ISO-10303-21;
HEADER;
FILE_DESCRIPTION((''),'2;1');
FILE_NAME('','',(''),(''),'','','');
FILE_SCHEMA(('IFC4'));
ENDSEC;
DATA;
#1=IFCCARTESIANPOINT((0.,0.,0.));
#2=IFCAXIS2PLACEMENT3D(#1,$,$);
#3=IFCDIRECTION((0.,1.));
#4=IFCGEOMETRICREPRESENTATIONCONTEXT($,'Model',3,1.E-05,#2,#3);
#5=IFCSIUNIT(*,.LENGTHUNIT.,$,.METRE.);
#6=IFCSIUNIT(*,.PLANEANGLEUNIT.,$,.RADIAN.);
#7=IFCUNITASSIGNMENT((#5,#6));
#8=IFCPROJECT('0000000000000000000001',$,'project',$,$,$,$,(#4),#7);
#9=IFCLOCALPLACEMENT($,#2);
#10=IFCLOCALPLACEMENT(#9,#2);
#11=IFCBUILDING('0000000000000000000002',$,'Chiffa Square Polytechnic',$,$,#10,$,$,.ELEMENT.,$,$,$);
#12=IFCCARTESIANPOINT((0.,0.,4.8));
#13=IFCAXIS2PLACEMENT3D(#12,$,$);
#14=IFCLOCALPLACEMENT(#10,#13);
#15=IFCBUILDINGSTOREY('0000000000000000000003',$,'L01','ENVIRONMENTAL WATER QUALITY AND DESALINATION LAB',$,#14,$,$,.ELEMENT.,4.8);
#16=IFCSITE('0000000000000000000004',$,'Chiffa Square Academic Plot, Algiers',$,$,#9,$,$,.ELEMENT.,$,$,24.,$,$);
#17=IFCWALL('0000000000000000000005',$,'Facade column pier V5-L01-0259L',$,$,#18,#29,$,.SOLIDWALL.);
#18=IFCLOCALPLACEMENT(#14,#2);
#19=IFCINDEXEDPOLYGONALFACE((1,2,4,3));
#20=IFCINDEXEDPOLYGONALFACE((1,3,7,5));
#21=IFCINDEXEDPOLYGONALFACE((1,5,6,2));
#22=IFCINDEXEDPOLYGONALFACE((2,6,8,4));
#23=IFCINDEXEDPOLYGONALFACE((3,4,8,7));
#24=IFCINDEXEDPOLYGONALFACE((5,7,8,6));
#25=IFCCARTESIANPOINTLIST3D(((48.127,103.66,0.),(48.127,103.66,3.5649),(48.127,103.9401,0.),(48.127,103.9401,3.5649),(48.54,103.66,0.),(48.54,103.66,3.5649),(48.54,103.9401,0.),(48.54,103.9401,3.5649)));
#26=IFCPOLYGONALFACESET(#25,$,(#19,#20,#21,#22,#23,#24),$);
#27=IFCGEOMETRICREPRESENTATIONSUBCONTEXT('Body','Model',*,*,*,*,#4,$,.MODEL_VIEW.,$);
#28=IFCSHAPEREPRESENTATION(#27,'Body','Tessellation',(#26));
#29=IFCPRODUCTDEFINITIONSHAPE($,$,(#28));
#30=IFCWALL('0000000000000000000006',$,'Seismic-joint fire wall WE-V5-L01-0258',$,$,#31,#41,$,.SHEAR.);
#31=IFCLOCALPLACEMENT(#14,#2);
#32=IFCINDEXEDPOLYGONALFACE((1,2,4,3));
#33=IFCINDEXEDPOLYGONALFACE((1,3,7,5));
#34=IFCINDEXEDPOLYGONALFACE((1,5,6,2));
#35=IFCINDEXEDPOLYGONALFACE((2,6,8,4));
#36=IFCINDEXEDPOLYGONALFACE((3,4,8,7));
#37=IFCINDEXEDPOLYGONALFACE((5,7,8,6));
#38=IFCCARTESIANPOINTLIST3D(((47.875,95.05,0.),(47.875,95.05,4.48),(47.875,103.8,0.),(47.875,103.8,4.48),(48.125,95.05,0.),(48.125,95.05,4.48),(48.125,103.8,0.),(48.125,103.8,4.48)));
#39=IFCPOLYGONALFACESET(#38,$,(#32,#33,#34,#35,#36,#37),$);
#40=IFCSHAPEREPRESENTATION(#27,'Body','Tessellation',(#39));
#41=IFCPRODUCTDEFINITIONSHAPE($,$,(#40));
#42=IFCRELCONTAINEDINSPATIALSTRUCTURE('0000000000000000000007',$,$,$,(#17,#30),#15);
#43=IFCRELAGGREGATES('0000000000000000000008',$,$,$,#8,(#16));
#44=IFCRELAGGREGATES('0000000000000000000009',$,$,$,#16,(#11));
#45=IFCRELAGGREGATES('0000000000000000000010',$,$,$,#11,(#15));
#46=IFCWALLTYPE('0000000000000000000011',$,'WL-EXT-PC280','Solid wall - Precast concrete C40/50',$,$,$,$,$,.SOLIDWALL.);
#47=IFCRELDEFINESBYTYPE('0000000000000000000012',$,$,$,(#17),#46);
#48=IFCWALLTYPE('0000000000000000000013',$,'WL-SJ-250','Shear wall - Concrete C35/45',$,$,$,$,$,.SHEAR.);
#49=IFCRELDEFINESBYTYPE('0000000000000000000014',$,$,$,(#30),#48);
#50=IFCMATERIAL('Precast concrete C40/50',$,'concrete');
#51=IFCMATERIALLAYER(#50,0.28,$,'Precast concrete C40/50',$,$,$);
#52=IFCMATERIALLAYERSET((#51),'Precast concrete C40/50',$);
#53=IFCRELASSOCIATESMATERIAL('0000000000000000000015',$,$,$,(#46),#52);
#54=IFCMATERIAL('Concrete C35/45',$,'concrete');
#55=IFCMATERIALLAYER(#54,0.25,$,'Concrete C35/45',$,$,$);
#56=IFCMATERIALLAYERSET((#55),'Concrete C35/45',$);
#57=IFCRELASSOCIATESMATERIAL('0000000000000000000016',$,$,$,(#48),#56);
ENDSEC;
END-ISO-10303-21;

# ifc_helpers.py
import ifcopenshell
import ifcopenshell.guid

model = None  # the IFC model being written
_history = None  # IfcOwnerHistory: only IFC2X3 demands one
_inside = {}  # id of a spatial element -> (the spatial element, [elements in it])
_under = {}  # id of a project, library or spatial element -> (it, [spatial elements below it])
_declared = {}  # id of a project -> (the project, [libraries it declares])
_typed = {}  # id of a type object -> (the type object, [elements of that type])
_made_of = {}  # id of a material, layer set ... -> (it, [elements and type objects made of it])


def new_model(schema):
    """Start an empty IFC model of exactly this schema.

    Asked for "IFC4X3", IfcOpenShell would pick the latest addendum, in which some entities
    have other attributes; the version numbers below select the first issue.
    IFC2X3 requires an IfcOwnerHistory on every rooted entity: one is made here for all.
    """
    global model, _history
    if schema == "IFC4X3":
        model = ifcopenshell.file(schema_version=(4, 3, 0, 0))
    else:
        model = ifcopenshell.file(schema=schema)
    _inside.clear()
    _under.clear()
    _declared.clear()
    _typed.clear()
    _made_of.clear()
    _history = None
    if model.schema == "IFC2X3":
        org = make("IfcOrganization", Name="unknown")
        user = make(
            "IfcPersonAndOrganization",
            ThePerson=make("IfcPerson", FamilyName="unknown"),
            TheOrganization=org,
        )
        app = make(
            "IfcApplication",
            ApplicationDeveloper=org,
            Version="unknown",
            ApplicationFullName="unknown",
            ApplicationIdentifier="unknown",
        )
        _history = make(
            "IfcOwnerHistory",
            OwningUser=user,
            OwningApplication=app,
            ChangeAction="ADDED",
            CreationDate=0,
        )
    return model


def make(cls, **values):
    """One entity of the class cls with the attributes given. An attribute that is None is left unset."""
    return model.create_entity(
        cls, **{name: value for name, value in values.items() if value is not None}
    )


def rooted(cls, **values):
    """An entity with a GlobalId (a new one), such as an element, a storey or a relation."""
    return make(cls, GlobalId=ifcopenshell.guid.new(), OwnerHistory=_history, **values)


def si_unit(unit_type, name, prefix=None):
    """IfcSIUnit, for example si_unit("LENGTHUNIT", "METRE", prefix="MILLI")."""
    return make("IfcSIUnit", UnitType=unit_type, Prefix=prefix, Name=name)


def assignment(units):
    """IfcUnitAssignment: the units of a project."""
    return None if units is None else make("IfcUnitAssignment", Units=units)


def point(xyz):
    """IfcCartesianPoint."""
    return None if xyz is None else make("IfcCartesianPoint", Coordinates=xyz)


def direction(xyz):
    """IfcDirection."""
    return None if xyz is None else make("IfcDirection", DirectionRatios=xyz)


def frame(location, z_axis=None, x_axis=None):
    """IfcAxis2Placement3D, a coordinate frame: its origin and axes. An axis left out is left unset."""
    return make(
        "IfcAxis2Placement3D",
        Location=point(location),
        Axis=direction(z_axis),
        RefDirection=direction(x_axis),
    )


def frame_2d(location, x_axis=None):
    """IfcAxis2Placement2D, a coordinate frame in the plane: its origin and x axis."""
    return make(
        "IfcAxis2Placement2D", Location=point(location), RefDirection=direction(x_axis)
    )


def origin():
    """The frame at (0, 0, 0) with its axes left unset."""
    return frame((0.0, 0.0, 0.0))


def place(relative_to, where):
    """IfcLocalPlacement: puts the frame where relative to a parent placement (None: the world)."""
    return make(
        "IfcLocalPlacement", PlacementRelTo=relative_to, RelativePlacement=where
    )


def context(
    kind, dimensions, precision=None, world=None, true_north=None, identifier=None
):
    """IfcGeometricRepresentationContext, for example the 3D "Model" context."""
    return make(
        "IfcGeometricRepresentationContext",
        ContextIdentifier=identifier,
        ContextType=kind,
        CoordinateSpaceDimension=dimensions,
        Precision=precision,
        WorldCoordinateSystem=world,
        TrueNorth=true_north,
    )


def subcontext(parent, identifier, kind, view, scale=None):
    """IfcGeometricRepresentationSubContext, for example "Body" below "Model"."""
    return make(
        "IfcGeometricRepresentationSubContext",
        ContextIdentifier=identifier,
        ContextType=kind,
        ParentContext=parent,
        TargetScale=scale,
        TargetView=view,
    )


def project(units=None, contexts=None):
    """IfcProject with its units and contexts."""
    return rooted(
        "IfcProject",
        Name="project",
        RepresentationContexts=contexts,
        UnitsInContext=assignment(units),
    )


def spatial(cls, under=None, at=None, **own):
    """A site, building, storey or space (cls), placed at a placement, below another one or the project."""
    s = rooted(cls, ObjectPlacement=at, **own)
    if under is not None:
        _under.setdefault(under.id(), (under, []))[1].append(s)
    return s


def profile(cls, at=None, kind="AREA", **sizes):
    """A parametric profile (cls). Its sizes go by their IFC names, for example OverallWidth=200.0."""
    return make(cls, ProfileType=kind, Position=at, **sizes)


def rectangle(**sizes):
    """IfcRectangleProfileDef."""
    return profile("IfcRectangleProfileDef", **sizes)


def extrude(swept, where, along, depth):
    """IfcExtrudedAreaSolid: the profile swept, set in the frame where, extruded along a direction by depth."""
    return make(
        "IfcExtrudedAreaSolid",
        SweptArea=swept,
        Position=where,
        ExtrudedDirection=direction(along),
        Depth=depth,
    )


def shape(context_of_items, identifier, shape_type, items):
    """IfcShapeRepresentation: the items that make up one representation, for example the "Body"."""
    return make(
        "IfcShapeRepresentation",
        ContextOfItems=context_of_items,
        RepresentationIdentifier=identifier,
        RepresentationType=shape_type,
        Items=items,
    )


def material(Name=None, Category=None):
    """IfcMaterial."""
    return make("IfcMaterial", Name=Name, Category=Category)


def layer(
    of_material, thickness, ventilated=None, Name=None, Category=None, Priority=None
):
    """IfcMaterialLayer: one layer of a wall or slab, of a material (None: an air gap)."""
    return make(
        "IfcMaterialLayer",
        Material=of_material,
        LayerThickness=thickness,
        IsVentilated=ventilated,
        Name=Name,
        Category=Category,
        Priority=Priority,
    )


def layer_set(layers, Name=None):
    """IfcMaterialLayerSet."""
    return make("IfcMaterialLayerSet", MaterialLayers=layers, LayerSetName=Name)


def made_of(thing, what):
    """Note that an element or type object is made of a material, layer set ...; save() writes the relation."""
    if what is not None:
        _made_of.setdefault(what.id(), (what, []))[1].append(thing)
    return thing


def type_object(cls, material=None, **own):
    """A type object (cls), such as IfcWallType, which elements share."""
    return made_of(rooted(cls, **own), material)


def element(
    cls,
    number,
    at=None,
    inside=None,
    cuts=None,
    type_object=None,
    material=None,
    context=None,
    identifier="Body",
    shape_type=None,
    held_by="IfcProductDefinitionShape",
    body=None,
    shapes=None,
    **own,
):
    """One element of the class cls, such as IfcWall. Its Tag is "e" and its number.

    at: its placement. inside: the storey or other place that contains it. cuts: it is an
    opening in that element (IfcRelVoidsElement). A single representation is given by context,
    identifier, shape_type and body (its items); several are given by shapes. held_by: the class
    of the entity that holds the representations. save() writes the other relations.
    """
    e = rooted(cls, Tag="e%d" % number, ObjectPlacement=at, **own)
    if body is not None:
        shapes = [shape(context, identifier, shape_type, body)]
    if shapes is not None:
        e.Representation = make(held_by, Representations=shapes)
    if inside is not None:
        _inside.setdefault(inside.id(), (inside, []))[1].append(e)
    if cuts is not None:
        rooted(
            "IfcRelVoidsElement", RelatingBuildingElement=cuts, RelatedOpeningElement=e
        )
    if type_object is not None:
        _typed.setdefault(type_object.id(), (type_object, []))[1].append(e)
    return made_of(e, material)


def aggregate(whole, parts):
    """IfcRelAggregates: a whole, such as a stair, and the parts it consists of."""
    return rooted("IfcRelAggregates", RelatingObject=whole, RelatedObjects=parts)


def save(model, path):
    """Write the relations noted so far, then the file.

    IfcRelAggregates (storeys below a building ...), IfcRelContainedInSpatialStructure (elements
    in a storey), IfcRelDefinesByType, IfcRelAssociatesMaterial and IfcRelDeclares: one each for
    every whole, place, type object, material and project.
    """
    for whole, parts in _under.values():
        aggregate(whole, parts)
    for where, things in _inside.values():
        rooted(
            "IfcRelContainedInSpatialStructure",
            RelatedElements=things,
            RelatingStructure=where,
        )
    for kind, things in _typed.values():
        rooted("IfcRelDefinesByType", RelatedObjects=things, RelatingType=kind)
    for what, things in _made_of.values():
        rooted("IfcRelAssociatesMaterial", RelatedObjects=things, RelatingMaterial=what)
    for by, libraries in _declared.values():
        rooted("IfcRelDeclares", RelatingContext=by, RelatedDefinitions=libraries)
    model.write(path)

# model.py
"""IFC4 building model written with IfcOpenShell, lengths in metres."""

from ifc_helpers import new_model, si_unit, direction, frame, frame_2d, origin, place, context, subcontext, project, spatial, rectangle, extrude, material, layer, layer_set, type_object, element, save


model = new_model("IFC4")

# Units and contexts
model_context = context("Model", 3, precision=1e-05, world=origin(), true_north=direction((0.0, 1.0)))
body_context = subcontext(model_context, "Body", "Model", "MODEL_VIEW")
ifc_project = project(units=[si_unit("LENGTHUNIT", "METRE"), si_unit("PLANEANGLEUNIT", "RADIAN")], contexts=[model_context])

# Site, building, storey
site_placement = place(None, origin())
site = spatial("IfcSite", under=ifc_project, at=site_placement, Name="Chiffa Square Academic Plot, Algiers", CompositionType="ELEMENT", RefElevation=24.0)
building_placement = place(site_placement, origin())
building = spatial("IfcBuilding", under=site, at=building_placement, Name="Chiffa Square Polytechnic", CompositionType="ELEMENT")
storey_placement = place(building_placement, frame((0.0, 0.0, 4.8)))
storey = spatial("IfcBuildingStorey", under=building, at=storey_placement, Name="L01", Description="ENVIRONMENTAL WATER QUALITY AND DESALINATION LAB", CompositionType="ELEMENT", Elevation=4.8)

# Shared definitions
ifc_material_1 = material(Name="Concrete C35/45", Category="concrete")

# Walls
ifc_material_2 = material(Name="Precast concrete C40/50", Category="concrete")
ifc_layer_1 = layer(ifc_material_2, 0.28, Name="Precast concrete C40/50")
ifc_layer_set_1 = layer_set([ifc_layer_1], Name="Precast concrete C40/50")
wall_type_1 = type_object("IfcWallType", Name="WL-EXT-PC280", Description="Solid wall - Precast concrete C40/50", PredefinedType="SOLIDWALL", material=ifc_layer_set_1)
wall_1_placement = place(storey_placement, frame((48.127, 103.8, 0.0), z_axis=(0.0, 0.0, 1.0), x_axis=(1.0, 0.0, 0.0)))
element("IfcWall", 1, at=wall_1_placement, inside=storey, type_object=wall_type_1, Name="Facade column pier V5-L01-0259L", PredefinedType="SOLIDWALL", context=body_context, shape_type="SweptSolid", body=[
    extrude(rectangle(XDim=0.4131, YDim=0.28, at=frame_2d((0.2065, 0.0))), origin(), (0.0, 0.0, 1.0), 3.5649),
])
ifc_layer_2 = layer(ifc_material_1, 0.25, Name="Concrete C35/45")
ifc_layer_set_2 = layer_set([ifc_layer_2], Name="Concrete C35/45")
wall_type_2 = type_object("IfcWallType", Name="WL-SJ-250", Description="Shear wall - Concrete C35/45", PredefinedType="SHEAR", material=ifc_layer_set_2)
wall_2_placement = place(storey_placement, frame((48.0, 95.05, 0.0), z_axis=(0.0, 0.0, 1.0), x_axis=(0.0, 1.0, 0.0)))
element("IfcWall", 2, at=wall_2_placement, inside=storey, type_object=wall_type_2, Name="Seismic-joint fire wall WE-V5-L01-0258", PredefinedType="SHEAR", context=body_context, shape_type="SweptSolid", body=[
    extrude(rectangle(XDim=8.75, YDim=0.25, at=frame_2d((4.375, 0.0))), origin(), (0.0, 0.0, 1.0), 4.48),
])

save(model, "model.ifc")
